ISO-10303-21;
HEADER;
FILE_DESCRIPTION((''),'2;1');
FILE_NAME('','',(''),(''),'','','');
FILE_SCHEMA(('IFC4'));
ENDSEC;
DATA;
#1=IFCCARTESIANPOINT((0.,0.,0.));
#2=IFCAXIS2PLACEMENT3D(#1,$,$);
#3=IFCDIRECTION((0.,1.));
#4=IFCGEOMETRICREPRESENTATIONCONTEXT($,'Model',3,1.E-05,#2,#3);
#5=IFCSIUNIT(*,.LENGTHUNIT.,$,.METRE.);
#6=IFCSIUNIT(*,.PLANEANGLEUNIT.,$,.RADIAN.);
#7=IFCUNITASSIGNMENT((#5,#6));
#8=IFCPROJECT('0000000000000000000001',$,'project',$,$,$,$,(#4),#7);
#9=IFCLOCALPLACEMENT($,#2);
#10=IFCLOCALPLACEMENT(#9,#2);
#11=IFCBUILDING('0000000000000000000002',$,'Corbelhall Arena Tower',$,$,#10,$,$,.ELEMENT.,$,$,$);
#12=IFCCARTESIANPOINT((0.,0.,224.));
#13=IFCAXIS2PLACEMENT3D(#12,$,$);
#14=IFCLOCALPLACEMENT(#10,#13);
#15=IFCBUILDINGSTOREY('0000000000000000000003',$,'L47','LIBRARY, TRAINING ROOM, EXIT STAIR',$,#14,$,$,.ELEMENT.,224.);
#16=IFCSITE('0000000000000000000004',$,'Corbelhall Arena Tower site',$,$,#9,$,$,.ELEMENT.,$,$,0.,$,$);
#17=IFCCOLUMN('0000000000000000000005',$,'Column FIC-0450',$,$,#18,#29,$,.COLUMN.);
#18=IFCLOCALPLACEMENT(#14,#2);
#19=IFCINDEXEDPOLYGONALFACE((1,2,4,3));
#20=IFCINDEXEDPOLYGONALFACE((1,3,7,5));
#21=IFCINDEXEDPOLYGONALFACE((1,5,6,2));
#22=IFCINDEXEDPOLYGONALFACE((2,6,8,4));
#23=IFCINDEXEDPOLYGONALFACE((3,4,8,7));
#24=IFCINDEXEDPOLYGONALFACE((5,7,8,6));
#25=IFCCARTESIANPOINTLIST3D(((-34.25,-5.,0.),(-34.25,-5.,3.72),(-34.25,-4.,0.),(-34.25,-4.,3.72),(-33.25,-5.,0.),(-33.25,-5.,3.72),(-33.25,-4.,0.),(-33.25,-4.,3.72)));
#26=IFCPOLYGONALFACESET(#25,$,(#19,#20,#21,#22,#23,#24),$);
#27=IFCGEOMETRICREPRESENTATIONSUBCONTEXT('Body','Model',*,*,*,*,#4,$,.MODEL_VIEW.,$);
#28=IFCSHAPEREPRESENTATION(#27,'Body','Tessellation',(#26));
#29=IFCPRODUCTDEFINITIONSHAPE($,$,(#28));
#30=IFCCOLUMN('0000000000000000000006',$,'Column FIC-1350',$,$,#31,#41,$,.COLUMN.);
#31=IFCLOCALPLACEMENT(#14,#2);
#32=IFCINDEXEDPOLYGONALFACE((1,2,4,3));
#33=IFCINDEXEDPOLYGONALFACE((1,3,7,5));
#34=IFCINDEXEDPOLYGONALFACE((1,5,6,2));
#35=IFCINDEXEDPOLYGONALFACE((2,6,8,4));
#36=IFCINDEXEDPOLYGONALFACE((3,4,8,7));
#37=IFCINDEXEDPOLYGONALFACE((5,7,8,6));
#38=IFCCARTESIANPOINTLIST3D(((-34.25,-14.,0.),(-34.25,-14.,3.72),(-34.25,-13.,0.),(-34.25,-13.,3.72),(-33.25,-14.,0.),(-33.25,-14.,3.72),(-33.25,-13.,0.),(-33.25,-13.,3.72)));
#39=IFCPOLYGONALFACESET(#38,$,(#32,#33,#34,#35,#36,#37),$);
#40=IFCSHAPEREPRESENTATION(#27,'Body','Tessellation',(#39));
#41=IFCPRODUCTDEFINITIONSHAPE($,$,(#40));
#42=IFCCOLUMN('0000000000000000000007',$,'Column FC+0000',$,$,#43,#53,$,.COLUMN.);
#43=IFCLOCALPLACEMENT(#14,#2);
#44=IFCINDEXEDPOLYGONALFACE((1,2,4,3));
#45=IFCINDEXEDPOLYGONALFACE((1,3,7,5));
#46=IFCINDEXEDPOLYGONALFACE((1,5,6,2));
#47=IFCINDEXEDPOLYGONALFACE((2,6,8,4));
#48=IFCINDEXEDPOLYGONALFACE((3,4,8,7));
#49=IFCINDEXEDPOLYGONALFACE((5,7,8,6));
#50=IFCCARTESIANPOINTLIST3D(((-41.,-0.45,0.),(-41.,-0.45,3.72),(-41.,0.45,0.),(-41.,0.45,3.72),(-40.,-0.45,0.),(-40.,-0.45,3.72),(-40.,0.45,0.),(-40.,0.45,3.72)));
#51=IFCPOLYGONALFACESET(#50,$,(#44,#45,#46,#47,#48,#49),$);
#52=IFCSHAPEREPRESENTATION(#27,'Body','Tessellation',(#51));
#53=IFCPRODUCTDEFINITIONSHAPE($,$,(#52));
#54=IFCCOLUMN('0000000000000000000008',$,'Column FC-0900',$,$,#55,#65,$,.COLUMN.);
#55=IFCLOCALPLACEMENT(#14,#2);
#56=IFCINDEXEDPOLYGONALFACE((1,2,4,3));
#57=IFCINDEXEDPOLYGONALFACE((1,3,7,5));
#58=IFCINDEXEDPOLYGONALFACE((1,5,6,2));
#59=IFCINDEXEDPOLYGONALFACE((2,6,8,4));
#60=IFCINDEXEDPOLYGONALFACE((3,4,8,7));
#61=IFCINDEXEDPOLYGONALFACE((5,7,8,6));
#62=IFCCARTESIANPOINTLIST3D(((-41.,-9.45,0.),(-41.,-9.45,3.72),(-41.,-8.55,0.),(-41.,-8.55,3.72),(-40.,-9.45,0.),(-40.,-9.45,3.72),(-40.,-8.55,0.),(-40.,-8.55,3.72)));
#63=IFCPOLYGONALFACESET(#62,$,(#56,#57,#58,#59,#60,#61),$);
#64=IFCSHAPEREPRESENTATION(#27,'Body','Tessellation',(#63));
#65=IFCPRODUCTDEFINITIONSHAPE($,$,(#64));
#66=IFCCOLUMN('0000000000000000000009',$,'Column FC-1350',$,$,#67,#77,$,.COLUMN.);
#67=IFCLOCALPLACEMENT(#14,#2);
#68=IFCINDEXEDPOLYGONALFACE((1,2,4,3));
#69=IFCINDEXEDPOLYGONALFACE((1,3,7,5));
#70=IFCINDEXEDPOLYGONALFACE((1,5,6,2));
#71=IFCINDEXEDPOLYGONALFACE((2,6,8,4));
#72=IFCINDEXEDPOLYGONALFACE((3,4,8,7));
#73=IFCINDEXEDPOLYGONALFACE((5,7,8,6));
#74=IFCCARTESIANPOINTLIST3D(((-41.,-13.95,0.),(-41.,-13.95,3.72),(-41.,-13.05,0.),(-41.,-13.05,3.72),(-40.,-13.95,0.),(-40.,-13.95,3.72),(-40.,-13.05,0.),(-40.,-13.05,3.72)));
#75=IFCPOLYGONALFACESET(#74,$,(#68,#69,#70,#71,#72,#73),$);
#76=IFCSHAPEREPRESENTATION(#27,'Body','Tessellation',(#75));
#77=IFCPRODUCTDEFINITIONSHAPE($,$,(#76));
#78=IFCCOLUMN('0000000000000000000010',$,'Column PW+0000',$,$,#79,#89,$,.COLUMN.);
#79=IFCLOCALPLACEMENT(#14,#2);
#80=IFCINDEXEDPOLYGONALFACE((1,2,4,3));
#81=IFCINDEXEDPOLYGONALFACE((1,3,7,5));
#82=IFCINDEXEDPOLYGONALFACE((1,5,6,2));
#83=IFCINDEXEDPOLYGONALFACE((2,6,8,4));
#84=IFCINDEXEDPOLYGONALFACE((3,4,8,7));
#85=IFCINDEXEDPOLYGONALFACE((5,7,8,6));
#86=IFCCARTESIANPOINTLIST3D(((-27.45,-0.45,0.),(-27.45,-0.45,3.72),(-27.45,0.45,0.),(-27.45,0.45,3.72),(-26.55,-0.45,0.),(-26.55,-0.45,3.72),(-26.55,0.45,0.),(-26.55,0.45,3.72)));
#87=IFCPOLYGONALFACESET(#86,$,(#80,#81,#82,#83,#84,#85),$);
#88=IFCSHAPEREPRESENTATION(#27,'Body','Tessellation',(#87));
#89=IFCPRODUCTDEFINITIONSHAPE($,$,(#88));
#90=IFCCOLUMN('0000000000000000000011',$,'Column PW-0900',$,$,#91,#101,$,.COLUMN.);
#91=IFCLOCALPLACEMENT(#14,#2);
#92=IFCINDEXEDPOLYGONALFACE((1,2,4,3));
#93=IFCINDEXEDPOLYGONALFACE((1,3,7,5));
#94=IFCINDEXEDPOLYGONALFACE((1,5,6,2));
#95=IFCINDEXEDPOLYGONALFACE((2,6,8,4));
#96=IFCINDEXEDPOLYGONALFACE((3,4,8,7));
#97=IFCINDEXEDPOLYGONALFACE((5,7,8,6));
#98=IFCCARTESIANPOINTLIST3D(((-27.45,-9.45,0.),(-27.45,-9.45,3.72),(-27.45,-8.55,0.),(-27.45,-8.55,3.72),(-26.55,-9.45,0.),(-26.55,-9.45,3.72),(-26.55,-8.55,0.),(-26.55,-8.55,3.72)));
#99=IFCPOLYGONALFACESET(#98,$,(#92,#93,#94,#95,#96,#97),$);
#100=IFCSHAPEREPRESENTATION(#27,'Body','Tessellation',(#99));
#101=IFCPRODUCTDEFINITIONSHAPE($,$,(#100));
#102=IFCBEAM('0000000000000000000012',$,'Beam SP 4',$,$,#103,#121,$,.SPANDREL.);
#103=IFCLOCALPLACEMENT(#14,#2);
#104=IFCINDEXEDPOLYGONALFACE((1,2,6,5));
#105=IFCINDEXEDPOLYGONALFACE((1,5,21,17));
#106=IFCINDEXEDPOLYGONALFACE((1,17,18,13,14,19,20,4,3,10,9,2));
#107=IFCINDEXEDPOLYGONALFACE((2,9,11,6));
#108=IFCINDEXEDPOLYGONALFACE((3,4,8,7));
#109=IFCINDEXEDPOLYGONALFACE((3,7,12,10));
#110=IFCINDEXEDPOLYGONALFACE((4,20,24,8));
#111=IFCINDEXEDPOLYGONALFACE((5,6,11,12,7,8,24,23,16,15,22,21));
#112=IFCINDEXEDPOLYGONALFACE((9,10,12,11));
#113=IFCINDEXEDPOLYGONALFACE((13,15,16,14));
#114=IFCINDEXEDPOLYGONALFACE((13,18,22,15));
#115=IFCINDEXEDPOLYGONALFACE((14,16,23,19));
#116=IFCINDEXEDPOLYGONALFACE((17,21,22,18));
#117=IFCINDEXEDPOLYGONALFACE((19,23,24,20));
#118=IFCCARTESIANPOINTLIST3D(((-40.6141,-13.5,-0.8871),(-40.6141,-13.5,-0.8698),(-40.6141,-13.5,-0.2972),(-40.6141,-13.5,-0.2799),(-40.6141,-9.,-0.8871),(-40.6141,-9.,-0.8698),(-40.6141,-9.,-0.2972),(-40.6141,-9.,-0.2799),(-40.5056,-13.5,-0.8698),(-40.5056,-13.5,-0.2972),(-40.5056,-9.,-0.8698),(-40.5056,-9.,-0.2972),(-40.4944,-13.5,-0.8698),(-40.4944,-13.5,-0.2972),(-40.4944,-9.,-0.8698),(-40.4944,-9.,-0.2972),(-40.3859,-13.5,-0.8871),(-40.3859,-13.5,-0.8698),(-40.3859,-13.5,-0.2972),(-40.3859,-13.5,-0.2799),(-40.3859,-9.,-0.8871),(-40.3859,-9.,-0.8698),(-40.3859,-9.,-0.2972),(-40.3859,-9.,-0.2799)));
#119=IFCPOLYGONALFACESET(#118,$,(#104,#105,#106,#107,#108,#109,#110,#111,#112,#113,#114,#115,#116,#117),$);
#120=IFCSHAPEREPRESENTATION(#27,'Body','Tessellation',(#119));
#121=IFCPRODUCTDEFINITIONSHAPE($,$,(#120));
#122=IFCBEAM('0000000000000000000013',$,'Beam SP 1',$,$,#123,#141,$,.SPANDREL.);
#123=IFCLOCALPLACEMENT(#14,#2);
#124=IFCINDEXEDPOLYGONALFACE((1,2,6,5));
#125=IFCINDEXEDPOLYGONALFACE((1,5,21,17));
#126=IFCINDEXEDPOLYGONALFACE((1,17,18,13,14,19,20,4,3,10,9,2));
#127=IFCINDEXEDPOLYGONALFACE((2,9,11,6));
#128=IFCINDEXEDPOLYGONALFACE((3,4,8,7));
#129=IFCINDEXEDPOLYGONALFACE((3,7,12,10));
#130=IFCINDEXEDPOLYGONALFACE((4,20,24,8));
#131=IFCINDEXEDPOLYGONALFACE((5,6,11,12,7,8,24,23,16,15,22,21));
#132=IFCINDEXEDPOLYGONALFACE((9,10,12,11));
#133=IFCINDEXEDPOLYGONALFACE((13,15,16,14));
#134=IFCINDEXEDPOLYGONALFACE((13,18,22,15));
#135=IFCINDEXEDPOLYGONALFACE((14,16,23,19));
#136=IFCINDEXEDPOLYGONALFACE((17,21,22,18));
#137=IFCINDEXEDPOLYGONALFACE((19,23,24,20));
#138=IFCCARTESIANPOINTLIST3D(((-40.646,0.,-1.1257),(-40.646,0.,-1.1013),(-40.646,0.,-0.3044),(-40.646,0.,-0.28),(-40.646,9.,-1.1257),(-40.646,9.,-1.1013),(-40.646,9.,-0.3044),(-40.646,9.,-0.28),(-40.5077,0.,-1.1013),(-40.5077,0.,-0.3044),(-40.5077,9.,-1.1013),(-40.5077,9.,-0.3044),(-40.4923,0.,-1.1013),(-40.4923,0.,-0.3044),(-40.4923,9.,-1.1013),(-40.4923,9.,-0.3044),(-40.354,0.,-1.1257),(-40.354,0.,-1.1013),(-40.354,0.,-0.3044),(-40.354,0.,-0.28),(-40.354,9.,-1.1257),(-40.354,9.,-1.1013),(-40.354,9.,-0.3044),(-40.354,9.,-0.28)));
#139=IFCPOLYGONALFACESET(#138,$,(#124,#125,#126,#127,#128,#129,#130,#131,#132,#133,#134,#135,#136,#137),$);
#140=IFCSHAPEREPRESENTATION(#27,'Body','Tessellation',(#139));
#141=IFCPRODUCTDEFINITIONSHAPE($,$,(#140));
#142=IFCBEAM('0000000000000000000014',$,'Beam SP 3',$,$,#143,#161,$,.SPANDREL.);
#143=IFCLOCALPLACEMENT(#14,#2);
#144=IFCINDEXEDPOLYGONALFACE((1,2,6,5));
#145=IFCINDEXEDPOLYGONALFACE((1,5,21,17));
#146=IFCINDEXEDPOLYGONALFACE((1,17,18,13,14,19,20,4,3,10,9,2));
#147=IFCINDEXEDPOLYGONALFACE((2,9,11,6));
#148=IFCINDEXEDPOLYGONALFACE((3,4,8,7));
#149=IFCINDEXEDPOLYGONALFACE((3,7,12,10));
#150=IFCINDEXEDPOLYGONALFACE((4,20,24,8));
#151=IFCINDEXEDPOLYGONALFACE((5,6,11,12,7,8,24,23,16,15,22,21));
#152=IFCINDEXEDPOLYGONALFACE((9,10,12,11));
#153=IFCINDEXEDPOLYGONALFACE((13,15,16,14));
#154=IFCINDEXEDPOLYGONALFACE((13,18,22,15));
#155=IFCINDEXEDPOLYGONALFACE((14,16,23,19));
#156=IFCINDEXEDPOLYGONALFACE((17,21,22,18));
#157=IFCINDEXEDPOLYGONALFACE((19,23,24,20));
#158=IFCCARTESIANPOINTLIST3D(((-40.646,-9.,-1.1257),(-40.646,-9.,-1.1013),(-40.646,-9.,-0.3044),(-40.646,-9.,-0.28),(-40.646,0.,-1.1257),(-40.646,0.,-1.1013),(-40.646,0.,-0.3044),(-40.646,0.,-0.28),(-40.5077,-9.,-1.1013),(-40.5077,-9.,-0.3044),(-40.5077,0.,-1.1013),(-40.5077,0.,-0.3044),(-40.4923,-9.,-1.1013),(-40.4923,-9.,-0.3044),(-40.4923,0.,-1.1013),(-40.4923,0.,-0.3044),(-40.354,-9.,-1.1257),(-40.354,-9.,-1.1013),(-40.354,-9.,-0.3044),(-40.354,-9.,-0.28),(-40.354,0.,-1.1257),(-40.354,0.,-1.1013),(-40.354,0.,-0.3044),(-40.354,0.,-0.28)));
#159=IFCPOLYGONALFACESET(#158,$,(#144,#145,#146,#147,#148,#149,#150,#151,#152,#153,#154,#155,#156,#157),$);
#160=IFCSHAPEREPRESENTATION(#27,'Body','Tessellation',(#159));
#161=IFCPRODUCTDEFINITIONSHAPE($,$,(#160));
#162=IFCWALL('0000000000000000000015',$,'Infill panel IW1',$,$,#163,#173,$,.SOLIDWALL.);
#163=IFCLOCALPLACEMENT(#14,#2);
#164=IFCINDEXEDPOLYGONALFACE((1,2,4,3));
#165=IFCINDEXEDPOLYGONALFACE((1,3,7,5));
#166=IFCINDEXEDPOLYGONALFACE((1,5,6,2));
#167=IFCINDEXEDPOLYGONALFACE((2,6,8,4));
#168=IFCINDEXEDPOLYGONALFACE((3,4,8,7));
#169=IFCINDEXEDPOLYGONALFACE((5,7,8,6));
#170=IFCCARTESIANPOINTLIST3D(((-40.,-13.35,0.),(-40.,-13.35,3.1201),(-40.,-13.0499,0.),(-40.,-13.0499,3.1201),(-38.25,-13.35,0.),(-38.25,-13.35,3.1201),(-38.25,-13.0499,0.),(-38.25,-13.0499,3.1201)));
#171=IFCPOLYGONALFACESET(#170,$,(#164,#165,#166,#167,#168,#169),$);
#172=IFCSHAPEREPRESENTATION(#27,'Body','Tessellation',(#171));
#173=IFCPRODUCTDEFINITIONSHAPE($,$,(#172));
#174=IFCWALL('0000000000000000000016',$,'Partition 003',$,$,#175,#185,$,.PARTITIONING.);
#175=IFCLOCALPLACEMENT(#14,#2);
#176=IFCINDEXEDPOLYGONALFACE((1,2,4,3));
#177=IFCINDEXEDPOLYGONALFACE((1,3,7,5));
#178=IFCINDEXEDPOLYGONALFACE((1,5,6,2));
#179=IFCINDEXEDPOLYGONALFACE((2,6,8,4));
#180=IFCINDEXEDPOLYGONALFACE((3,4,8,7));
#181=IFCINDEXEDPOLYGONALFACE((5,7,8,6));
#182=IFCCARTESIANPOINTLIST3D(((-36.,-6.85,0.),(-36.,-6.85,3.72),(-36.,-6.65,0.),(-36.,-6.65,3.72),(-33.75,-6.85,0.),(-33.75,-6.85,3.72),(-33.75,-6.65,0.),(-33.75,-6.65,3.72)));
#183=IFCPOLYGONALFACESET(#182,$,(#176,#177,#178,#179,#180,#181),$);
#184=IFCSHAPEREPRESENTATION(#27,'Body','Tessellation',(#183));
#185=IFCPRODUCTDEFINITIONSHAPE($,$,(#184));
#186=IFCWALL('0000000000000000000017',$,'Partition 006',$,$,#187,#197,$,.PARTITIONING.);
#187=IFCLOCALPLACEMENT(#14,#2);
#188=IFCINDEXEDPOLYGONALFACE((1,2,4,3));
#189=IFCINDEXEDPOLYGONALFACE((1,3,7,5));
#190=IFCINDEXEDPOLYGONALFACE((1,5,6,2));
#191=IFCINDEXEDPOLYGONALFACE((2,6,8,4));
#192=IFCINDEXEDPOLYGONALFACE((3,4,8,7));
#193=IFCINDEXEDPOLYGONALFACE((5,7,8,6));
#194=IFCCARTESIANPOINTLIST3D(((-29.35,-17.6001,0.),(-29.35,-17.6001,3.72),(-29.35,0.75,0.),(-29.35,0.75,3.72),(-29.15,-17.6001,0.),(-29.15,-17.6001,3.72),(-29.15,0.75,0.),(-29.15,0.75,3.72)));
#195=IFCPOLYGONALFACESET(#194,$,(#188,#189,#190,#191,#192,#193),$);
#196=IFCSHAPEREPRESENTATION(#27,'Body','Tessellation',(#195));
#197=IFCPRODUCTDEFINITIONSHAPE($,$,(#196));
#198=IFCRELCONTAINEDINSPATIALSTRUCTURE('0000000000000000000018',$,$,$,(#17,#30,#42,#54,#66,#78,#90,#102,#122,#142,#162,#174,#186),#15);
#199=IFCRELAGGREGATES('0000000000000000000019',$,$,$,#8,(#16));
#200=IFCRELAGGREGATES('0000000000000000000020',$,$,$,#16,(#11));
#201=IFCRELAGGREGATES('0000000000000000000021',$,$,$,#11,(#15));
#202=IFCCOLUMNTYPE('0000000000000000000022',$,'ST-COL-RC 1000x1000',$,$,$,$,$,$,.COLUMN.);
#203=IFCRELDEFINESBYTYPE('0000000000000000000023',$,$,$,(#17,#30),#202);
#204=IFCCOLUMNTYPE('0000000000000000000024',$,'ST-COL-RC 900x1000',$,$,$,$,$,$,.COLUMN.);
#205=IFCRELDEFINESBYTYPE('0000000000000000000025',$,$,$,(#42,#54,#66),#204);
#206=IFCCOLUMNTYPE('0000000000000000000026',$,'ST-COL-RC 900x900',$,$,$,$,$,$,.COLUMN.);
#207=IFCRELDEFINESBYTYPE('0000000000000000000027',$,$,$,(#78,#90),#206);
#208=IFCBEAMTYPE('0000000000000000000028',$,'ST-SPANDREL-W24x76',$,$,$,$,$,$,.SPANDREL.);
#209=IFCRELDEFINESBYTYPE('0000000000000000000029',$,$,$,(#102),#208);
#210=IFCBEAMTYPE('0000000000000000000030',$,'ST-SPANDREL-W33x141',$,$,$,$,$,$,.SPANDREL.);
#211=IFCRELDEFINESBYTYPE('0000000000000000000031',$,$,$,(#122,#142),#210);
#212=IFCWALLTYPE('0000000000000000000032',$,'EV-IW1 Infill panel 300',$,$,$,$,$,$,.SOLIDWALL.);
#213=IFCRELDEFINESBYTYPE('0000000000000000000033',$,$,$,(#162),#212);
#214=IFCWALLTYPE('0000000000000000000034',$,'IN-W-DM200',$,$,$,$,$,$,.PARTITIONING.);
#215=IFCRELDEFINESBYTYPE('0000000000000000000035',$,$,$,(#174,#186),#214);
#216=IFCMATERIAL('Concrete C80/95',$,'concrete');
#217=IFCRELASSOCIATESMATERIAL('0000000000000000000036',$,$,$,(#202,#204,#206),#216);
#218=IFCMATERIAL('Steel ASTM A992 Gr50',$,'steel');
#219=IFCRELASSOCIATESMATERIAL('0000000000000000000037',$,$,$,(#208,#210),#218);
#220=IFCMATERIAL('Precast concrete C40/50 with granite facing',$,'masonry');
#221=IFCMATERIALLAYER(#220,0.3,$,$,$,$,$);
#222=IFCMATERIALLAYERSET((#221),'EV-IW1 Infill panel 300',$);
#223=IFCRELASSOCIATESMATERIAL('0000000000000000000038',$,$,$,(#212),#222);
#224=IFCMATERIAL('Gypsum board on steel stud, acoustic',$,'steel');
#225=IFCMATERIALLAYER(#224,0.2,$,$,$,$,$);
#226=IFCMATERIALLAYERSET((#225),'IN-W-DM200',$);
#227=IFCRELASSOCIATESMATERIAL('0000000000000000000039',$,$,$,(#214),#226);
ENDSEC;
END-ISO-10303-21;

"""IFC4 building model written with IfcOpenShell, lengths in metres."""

from ifc_helpers import new_model, si_unit, direction, frame, frame_2d, origin, origin_2d, place, context, subcontext, project, spatial, rectangle, i_section, extrude, material, layer, layer_set, material_profile, profile_set, type_object, element, save


model = new_model("IFC4")

# Units and contexts
model_context = context("Model", 3, precision=1e-05, world=origin(), true_north=direction((0.0, 1.0)))
body_context = subcontext(model_context, "Body", "Model", "MODEL_VIEW")
ifc_project = project(units=[si_unit("LENGTHUNIT", "METRE"), si_unit("PLANEANGLEUNIT", "RADIAN")], contexts=[model_context])

# Site, building, storey
site_placement = place(None, origin())
site = spatial("IfcSite", under=ifc_project, at=site_placement, Name="Corbelhall Arena Tower site", CompositionType="ELEMENT", RefElevation=0.0)
building_placement = place(site_placement, origin())
building = spatial("IfcBuilding", under=site, at=building_placement, Name="Corbelhall Arena Tower", CompositionType="ELEMENT")
storey_placement = place(building_placement, frame((0.0, 0.0, 224.0)))
storey = spatial("IfcBuildingStorey", under=building, at=storey_placement, Name="L47", Description="LIBRARY, TRAINING ROOM, EXIT STAIR", CompositionType="ELEMENT", Elevation=224.0)

# Columns
ifc_material_1 = material(Name="Concrete C80/95", Category="concrete")
ifc_material_profile_1 = material_profile(ifc_material_1, rectangle(XDim=1.0, YDim=1.0, at=origin_2d()))
ifc_profile_set_1 = profile_set([ifc_material_profile_1], Name="Concrete C80/95")
column_type_1 = type_object("IfcColumnType", Name="ST-COL-RC 1000x1000", PredefinedType="COLUMN", material=ifc_profile_set_1)
for number, where, z_axis, x_axis, name in (
    (1, (-33.75, -4.5, 0.0), (0.0, 0.0, 1.0), (1.0, 0.0, 0.0), "Column FIC-0450"),
    (2, (-33.75, -13.5, 0.0), (0.0, 0.0, 1.0), (1.0, 0.0, 0.0), "Column FIC-1350"),
):
    element("IfcColumn", number, at=place(storey_placement, frame(where, z_axis=z_axis, x_axis=x_axis)), inside=storey, type_object=column_type_1, Name=name, PredefinedType="COLUMN", context=body_context, shape_type="SweptSolid", body=[
        extrude(rectangle(XDim=1.0, YDim=1.0, at=origin_2d()), origin(), (0.0, 0.0, 1.0), 3.72),
    ])
ifc_material_profile_2 = material_profile(ifc_material_1, rectangle(XDim=0.8999, YDim=1.0, at=origin_2d()))
ifc_profile_set_2 = profile_set([ifc_material_profile_2], Name="Concrete C80/95")
column_type_2 = type_object("IfcColumnType", Name="ST-COL-RC 900x1000", PredefinedType="COLUMN", material=ifc_profile_set_2)
for number, where, z_axis, x_axis, name in (
    (3, (-40.5, 0.0, 0.0), (0.0, 0.0, 1.0), (0.0, 1.0, 0.0), "Column FC+0000"),
    (4, (-40.5, -9.0, 0.0), (0.0, 0.0, 1.0), (0.0, 1.0, 0.0), "Column FC-0900"),
    (5, (-40.5, -13.5, 0.0), (0.0, 0.0, 1.0), (0.0, 1.0, 0.0), "Column FC-1350"),
):
    element("IfcColumn", number, at=place(storey_placement, frame(where, z_axis=z_axis, x_axis=x_axis)), inside=storey, type_object=column_type_2, Name=name, PredefinedType="COLUMN", context=body_context, shape_type="SweptSolid", body=[
        extrude(rectangle(XDim=0.8999, YDim=1.0, at=origin_2d()), origin(), (0.0, 0.0, 1.0), 3.72),
    ])
ifc_material_profile_3 = material_profile(ifc_material_1, rectangle(XDim=0.8999, YDim=0.8999, at=origin_2d()))
ifc_profile_set_3 = profile_set([ifc_material_profile_3], Name="Concrete C80/95")
column_type_3 = type_object("IfcColumnType", Name="ST-COL-RC 900x900", PredefinedType="COLUMN", material=ifc_profile_set_3)
for number, where, z_axis, x_axis, name in (
    (6, (-27.0, 0.0, 0.0), (0.0, 0.0, 1.0), (1.0, 0.0, 0.0), "Column PW+0000"),
    (7, (-27.0, -9.0, 0.0), (0.0, 0.0, 1.0), (1.0, 0.0, 0.0), "Column PW-0900"),
):
    element("IfcColumn", number, at=place(storey_placement, frame(where, z_axis=z_axis, x_axis=x_axis)), inside=storey, type_object=column_type_3, Name=name, PredefinedType="COLUMN", context=body_context, shape_type="SweptSolid", body=[
        extrude(rectangle(XDim=0.8999, YDim=0.8999, at=origin_2d()), origin(), (0.0, 0.0, 1.0), 3.72),
    ])

# Beams
ifc_material_2 = material(Name="Steel ASTM A992 Gr50", Category="steel")
ifc_material_profile_4 = material_profile(ifc_material_2, i_section(OverallWidth=0.2283, OverallDepth=0.6072, WebThickness=0.0112, FlangeThickness=0.0173, at=origin_2d()))
ifc_profile_set_4 = profile_set([ifc_material_profile_4], Name="Steel ASTM A992 Gr50")
beam_type_1 = type_object("IfcBeamType", Name="ST-SPANDREL-W24x76", PredefinedType="SPANDREL", material=ifc_profile_set_4)
beam_placement = place(storey_placement, frame((-40.5, -13.5, -0.5835), z_axis=(0.0, 1.0, 0.0), x_axis=(-1.0, 0.0, 0.0)))
element("IfcBeam", 8, at=beam_placement, inside=storey, type_object=beam_type_1, Name="Beam SP 4", PredefinedType="SPANDREL", context=body_context, shape_type="SweptSolid", body=[
    extrude(i_section(OverallWidth=0.2283, OverallDepth=0.6072, WebThickness=0.0112, FlangeThickness=0.0173, at=origin_2d()), origin(), (0.0, 0.0, 1.0), 4.5),
])
ifc_material_profile_5 = material_profile(ifc_material_2, i_section(OverallWidth=0.292, OverallDepth=0.8457, WebThickness=0.0154, FlangeThickness=0.0244, at=origin_2d()))
ifc_profile_set_5 = profile_set([ifc_material_profile_5], Name="Steel ASTM A992 Gr50")
beam_type_2 = type_object("IfcBeamType", Name="ST-SPANDREL-W33x141", PredefinedType="SPANDREL", material=ifc_profile_set_5)
for number, where, z_axis, x_axis, name in (
    (9, (-40.5, 0.0, -0.7029), (0.0, 1.0, 0.0), (-1.0, 0.0, 0.0), "Beam SP 1"),
    (10, (-40.5, -9.0, -0.7029), (0.0, 1.0, 0.0), (-1.0, 0.0, 0.0), "Beam SP 3"),
):
    element("IfcBeam", number, at=place(storey_placement, frame(where, z_axis=z_axis, x_axis=x_axis)), inside=storey, type_object=beam_type_2, Name=name, PredefinedType="SPANDREL", context=body_context, shape_type="SweptSolid", body=[
        extrude(i_section(OverallWidth=0.292, OverallDepth=0.8457, WebThickness=0.0154, FlangeThickness=0.0244, at=origin_2d()), origin(), (0.0, 0.0, 1.0), 9.0),
    ])

# Wall
ifc_material_3 = material(Name="Precast concrete C40/50 with granite facing", Category="masonry")
ifc_layer_1 = layer(ifc_material_3, 0.3)
ifc_layer_set_1 = layer_set([ifc_layer_1], Name="EV-IW1 Infill panel 300")
wall_type_1 = type_object("IfcWallType", Name="EV-IW1 Infill panel 300", PredefinedType="SOLIDWALL", material=ifc_layer_set_1)
wall_1_placement = place(storey_placement, frame((-40.0, -13.2, 0.0), z_axis=(0.0, 0.0, 1.0), x_axis=(1.0, 0.0, 0.0)))
element("IfcWall", 11, at=wall_1_placement, inside=storey, type_object=wall_type_1, Name="Infill panel IW1", PredefinedType="SOLIDWALL", context=body_context, shape_type="SweptSolid", body=[
    extrude(rectangle(XDim=1.75, YDim=0.3, at=frame_2d((0.875, 0.0))), origin(), (0.0, 0.0, 1.0), 3.1201),
])

# Wall
ifc_material_4 = material(Name="Gypsum board on steel stud, acoustic", Category="steel")
ifc_layer_2 = layer(ifc_material_4, 0.2)
ifc_layer_set_2 = layer_set([ifc_layer_2], Name="IN-W-DM200")
wall_type_2 = type_object("IfcWallType", Name="IN-W-DM200", PredefinedType="PARTITIONING", material=ifc_layer_set_2)
wall_2_placement = place(storey_placement, frame((-33.75, -6.75, 0.0), z_axis=(0.0, 0.0, 1.0), x_axis=(-1.0, 0.0, 0.0)))
element("IfcWall", 12, at=wall_2_placement, inside=storey, type_object=wall_type_2, Name="Partition 003", PredefinedType="PARTITIONING", context=body_context, shape_type="SweptSolid", body=[
    extrude(rectangle(XDim=2.25, YDim=0.2, at=frame_2d((1.125, 0.0))), origin(), (0.0, 0.0, 1.0), 3.72),
])

# Wall
wall_3_placement = place(storey_placement, frame((-29.25, 0.75, 0.0), z_axis=(0.0, 0.0, 1.0), x_axis=(0.0, -1.0, 0.0)))
element("IfcWall", 13, at=wall_3_placement, inside=storey, type_object=wall_type_2, Name="Partition 006", PredefinedType="PARTITIONING", context=body_context, shape_type="SweptSolid", body=[
    extrude(rectangle(XDim=18.3501, YDim=0.2, at=frame_2d((9.175, 0.0))), origin(), (0.0, 0.0, 1.0), 3.72),
])

save(model, "model.ifc")
